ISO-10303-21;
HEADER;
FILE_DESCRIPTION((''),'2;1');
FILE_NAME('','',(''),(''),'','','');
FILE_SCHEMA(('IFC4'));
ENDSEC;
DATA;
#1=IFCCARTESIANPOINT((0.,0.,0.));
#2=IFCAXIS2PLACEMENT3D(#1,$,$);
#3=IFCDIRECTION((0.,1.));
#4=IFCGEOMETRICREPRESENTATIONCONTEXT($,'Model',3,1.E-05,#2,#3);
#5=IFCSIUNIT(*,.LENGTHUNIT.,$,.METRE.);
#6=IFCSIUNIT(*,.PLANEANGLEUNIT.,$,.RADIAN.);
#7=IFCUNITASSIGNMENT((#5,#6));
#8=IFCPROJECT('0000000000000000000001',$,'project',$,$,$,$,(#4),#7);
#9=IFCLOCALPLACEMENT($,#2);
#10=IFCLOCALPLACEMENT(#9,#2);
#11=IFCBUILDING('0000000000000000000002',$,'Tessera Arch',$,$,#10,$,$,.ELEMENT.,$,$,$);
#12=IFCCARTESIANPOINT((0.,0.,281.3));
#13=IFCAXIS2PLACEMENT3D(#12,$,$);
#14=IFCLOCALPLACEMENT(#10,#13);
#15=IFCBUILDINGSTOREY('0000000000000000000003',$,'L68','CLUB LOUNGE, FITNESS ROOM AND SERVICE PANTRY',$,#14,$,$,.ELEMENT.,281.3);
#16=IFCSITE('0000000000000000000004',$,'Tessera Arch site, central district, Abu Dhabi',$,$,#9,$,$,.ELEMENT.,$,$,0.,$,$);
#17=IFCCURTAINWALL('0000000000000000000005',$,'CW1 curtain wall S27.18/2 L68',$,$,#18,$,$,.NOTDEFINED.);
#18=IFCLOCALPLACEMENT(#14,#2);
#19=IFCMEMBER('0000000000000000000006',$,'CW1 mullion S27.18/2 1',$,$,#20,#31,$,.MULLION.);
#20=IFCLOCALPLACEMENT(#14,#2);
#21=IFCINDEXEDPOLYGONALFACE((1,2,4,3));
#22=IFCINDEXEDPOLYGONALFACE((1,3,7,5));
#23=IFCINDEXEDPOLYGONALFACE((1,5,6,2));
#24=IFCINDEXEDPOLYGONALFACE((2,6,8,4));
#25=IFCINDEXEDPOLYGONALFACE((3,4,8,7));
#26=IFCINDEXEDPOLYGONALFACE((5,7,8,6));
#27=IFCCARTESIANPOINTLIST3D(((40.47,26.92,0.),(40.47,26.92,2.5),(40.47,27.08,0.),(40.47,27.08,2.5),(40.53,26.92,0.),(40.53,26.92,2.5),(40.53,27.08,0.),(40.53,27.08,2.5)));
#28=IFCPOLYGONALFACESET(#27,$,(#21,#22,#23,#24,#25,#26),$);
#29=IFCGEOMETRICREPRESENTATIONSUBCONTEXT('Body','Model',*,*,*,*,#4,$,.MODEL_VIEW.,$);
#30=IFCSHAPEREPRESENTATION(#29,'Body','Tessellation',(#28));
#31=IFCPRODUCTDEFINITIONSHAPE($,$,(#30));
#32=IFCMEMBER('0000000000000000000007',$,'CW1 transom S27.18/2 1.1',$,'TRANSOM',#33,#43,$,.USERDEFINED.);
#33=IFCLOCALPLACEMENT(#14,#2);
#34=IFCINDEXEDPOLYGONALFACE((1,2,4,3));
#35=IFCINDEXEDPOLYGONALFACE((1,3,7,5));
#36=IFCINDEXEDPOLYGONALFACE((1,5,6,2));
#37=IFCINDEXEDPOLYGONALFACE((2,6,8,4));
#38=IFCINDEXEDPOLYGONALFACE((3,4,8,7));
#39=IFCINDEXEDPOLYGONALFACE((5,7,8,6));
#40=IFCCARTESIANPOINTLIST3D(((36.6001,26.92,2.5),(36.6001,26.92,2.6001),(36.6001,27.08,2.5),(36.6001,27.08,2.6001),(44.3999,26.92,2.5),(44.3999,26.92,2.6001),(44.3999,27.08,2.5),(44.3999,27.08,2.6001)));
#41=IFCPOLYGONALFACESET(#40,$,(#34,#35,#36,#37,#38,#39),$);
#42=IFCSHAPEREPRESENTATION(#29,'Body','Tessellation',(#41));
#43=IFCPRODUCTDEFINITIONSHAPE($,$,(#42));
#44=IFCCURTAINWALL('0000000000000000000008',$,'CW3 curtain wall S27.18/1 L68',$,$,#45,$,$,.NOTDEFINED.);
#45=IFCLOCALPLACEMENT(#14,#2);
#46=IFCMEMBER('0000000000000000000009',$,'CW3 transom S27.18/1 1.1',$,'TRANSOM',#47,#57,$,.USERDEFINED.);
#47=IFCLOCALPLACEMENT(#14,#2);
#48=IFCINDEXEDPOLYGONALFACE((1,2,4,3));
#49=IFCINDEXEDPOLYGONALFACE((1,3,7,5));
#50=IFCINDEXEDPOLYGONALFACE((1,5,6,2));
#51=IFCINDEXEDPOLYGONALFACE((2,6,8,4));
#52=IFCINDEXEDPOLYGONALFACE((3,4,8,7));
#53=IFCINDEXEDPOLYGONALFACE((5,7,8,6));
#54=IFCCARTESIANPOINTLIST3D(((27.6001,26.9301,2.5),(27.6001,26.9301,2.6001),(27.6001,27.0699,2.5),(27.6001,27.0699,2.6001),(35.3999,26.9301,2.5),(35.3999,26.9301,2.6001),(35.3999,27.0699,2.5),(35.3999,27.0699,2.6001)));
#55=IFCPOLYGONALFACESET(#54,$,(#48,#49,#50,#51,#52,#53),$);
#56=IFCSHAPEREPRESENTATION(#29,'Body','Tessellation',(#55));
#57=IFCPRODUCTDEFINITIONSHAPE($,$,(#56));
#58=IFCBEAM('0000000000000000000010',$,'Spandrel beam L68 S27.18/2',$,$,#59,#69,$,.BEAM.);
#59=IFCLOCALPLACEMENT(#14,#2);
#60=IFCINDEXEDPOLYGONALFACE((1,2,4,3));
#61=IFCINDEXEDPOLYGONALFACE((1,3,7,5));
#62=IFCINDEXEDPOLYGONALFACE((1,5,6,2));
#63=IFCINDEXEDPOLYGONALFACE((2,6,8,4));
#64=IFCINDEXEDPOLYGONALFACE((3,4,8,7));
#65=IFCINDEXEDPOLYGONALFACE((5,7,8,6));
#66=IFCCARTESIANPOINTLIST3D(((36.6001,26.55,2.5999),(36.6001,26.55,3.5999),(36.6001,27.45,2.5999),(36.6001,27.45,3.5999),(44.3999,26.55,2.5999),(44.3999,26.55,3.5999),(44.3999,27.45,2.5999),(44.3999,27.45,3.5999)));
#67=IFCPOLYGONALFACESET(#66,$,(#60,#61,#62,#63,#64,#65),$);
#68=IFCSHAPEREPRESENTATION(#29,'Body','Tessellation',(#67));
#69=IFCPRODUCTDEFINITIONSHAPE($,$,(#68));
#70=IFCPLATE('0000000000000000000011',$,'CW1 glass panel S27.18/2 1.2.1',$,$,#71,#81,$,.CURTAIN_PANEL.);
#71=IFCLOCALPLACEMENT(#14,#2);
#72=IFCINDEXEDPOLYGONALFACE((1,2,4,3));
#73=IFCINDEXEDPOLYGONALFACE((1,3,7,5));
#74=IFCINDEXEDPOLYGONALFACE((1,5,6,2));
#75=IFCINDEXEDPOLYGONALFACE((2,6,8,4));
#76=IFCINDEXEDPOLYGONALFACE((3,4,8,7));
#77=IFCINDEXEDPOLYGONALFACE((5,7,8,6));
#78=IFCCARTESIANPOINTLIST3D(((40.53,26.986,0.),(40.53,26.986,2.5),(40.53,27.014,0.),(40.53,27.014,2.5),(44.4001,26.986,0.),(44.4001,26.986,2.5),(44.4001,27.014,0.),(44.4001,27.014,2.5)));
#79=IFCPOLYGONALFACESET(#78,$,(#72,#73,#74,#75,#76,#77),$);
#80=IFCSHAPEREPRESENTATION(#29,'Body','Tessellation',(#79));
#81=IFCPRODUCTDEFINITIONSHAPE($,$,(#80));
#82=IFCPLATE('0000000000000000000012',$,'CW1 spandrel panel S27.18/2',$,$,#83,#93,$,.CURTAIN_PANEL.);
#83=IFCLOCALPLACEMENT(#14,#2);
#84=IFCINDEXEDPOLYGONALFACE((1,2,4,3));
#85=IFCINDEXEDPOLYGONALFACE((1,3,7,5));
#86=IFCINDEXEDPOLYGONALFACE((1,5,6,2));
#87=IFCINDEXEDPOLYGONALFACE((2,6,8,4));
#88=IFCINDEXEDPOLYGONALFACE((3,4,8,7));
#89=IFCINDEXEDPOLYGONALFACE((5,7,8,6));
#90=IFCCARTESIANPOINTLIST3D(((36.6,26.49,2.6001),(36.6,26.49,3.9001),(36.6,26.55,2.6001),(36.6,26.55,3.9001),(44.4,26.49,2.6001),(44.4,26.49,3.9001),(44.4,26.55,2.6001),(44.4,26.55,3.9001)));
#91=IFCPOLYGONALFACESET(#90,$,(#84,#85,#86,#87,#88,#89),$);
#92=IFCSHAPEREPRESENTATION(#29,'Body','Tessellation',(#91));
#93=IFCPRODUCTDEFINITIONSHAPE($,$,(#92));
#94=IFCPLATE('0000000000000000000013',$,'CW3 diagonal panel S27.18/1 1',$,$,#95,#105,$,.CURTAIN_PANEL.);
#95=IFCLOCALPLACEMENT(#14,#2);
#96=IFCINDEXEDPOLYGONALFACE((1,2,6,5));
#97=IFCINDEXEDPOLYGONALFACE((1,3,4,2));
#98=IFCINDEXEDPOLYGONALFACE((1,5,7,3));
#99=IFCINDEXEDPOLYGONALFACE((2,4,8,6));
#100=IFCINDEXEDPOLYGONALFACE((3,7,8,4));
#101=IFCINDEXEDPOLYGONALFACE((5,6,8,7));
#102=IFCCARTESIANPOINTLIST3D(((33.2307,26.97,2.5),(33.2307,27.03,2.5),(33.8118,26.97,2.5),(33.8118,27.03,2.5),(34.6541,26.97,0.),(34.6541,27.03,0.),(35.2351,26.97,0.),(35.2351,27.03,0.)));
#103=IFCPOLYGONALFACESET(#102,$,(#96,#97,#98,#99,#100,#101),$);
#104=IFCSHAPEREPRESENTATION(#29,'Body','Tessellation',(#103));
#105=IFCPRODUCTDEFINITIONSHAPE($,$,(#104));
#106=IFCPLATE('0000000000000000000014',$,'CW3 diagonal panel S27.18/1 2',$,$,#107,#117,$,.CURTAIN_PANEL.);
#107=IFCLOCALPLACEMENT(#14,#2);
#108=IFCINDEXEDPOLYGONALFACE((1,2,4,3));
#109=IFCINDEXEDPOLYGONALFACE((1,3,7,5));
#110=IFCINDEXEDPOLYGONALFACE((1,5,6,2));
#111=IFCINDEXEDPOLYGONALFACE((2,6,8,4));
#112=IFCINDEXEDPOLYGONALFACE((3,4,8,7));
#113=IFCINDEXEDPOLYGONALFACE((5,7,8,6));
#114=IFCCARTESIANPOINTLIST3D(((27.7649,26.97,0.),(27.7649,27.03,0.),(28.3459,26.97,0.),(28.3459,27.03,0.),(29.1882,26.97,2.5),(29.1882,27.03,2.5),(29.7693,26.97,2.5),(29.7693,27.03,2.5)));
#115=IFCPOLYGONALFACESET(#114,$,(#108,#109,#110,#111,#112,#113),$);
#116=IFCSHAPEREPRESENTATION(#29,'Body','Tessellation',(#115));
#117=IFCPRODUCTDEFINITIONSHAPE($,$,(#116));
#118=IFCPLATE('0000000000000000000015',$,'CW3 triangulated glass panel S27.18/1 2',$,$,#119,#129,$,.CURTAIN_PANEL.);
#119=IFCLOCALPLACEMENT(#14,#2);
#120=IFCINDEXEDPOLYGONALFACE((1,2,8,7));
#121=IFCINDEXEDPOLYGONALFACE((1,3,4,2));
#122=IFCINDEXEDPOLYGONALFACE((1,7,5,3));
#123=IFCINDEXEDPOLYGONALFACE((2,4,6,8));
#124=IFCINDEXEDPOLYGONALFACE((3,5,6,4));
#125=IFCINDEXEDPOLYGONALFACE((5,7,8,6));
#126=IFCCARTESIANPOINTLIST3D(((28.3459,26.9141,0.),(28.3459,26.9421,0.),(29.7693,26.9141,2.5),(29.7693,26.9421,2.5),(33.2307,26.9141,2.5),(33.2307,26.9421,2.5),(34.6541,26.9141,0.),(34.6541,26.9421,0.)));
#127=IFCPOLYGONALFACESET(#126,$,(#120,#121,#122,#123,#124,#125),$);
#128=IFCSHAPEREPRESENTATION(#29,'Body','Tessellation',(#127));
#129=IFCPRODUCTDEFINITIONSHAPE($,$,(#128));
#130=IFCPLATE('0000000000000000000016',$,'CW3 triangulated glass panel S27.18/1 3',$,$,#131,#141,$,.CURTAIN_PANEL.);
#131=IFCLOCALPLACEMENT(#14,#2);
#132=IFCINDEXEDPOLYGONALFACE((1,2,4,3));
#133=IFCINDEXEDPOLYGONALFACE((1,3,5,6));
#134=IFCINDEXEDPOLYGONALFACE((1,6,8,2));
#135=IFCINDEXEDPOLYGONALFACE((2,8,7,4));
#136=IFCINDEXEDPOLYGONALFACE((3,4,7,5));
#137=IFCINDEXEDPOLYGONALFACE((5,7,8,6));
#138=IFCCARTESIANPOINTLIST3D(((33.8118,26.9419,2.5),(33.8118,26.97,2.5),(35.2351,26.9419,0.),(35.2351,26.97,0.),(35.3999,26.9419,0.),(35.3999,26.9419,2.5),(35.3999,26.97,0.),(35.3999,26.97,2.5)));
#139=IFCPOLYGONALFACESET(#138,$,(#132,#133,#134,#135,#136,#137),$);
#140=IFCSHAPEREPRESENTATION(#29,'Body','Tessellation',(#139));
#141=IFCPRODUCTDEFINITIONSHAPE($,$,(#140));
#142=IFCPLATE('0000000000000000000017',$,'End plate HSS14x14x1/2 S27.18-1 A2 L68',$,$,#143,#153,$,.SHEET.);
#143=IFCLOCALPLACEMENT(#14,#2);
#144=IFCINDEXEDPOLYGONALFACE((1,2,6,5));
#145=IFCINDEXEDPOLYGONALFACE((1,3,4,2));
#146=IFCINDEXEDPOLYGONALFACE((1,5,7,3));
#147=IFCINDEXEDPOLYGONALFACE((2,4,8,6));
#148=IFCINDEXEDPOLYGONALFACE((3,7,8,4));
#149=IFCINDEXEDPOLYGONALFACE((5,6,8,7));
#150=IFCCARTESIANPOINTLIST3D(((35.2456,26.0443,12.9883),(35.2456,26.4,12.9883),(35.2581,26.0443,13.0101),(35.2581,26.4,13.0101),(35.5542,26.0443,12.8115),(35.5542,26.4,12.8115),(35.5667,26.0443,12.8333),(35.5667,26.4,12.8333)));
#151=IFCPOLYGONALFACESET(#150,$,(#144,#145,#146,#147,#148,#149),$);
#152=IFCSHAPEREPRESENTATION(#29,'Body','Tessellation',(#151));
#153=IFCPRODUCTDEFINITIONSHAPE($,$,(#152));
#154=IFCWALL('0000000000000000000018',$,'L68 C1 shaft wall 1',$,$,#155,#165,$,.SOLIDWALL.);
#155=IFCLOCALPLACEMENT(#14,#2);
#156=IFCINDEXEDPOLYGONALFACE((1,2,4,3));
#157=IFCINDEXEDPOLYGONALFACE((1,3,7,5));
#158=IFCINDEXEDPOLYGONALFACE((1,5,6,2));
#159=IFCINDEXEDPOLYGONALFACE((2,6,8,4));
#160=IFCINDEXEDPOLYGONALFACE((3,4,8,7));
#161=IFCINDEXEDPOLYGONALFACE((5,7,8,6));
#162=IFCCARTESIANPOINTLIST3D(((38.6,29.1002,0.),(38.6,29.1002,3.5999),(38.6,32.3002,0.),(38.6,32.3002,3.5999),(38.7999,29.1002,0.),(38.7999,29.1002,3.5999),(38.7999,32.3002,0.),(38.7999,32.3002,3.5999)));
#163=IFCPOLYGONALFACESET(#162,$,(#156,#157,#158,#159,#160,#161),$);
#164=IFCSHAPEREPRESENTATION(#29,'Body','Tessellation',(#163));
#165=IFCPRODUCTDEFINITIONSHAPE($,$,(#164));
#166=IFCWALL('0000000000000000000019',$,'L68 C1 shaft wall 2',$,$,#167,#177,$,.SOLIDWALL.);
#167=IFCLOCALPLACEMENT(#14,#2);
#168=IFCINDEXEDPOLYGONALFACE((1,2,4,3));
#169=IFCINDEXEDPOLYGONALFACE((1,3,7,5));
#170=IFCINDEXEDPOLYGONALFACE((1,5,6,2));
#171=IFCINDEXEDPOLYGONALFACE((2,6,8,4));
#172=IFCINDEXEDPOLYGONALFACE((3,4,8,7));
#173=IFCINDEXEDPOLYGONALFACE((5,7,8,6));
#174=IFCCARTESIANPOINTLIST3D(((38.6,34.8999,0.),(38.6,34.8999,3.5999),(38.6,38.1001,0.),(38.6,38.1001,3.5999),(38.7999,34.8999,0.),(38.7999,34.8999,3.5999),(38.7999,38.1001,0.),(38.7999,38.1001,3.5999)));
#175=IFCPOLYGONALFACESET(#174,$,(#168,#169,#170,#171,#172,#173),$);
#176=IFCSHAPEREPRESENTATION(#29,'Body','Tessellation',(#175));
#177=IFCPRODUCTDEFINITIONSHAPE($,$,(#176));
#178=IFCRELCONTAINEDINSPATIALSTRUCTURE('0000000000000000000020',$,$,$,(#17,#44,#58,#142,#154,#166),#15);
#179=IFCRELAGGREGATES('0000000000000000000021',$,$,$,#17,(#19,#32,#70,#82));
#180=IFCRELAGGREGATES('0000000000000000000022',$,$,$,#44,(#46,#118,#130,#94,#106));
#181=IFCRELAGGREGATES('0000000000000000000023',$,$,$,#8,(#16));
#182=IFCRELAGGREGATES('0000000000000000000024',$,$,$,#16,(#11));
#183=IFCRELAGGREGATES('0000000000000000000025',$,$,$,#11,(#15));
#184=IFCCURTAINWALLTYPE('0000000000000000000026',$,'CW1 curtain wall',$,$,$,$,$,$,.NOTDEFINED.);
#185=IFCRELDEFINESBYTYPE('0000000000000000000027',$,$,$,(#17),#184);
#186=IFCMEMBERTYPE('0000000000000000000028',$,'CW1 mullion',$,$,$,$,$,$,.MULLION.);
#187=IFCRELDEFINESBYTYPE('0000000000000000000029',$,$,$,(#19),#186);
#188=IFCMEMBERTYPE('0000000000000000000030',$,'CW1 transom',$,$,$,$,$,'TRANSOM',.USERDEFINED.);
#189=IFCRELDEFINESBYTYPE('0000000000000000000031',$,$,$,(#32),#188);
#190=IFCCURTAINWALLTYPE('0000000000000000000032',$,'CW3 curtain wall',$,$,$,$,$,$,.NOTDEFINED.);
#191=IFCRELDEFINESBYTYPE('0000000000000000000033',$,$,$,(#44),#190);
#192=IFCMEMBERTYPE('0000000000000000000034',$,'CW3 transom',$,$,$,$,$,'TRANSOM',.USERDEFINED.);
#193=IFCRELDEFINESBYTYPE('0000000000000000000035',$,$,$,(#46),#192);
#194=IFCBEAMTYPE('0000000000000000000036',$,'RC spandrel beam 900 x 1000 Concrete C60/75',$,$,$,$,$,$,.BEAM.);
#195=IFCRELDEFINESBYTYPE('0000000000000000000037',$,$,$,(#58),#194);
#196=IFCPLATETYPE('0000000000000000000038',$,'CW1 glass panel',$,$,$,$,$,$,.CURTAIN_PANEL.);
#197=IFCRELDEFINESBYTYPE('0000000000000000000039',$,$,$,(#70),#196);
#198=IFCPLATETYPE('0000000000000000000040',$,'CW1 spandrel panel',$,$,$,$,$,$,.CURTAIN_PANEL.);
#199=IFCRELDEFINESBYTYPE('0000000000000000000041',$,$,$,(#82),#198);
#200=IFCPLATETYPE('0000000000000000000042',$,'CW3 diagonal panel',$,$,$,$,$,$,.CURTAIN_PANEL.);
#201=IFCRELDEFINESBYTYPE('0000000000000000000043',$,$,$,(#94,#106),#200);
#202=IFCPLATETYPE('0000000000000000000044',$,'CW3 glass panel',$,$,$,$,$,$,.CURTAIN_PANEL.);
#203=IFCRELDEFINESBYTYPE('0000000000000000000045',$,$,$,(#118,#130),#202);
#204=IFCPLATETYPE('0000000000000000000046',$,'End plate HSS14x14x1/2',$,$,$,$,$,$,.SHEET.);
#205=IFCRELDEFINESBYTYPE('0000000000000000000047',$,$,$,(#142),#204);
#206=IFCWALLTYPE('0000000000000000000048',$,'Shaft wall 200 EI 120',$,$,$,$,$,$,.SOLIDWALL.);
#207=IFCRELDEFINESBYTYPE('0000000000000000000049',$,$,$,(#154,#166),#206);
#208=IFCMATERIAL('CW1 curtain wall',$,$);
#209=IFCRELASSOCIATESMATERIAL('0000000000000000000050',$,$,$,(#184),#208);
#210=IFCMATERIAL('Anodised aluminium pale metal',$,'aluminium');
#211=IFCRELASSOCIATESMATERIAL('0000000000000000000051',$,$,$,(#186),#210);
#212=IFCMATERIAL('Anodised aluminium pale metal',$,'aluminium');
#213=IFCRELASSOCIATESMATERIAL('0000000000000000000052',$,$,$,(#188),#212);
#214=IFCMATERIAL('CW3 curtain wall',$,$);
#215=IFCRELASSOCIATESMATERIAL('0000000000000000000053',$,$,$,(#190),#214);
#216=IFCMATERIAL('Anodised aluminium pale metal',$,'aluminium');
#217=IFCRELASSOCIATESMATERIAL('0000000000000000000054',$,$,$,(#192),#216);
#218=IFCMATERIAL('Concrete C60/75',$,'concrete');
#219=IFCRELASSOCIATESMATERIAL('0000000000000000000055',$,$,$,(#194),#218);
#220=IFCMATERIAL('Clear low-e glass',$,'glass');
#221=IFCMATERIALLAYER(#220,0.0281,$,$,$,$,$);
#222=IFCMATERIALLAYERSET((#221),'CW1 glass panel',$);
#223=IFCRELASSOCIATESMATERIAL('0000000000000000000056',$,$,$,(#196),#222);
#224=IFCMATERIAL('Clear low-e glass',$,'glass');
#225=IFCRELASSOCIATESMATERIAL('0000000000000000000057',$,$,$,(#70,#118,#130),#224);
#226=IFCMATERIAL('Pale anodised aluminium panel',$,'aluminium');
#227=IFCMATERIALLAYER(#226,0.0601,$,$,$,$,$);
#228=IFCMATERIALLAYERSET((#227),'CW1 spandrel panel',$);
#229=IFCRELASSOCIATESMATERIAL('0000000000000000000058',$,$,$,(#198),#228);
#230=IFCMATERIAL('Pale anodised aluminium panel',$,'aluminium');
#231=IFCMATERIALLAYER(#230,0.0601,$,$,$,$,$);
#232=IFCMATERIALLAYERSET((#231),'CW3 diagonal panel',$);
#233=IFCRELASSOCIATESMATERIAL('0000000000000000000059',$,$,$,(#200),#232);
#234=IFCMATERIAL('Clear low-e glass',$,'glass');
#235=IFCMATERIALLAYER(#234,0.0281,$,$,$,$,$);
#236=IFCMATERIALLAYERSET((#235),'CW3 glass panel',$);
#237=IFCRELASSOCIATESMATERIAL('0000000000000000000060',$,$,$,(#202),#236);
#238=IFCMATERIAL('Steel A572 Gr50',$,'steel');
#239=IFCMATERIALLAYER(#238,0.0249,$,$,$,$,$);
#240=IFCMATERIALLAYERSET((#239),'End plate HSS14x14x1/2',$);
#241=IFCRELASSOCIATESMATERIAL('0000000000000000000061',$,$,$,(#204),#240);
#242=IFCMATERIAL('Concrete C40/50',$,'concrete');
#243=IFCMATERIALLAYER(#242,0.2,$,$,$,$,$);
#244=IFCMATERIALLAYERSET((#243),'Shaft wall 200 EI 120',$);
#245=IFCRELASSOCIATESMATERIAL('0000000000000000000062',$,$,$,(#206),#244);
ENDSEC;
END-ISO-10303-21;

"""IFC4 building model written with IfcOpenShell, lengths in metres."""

from ifc_helpers import new_model, si_unit, direction, frame, frame_2d, origin, origin_2d, place, context, subcontext, project, spatial, polyline, rectangle, outline, extrude, material, layer, layer_set, material_profile, profile_set, type_object, element, aggregate, save


model = new_model("IFC4")

# Units and contexts
model_context = context("Model", 3, precision=1e-05, world=origin(), true_north=direction((0.0, 1.0)))
body_context = subcontext(model_context, "Body", "Model", "MODEL_VIEW")
ifc_project = project(units=[si_unit("LENGTHUNIT", "METRE"), si_unit("PLANEANGLEUNIT", "RADIAN")], contexts=[model_context])

# Site, building, storey
site_placement = place(None, origin())
site = spatial("IfcSite", under=ifc_project, at=site_placement, Name="Tessera Arch site, central district, Abu Dhabi", CompositionType="ELEMENT", RefElevation=0.0)
building_placement = place(site_placement, origin())
building = spatial("IfcBuilding", under=site, at=building_placement, Name="Tessera Arch", CompositionType="ELEMENT")
storey_placement = place(building_placement, frame((0.0, 0.0, 281.3)))
storey = spatial("IfcBuildingStorey", under=building, at=storey_placement, Name="L68", Description="CLUB LOUNGE, FITNESS ROOM AND SERVICE PANTRY", CompositionType="ELEMENT", Elevation=281.3)

# Curtain wall, members
ifc_material_1 = material(Name="CW1 curtain wall")
curtain_wall_type_1 = type_object("IfcCurtainWallType", Name="CW1 curtain wall", PredefinedType="NOTDEFINED", material=ifc_material_1)
curtain_wall_1_placement = place(storey_placement, origin())
curtain_wall_1 = element("IfcCurtainWall", 1, at=curtain_wall_1_placement, inside=storey, type_object=curtain_wall_type_1, Name="CW1 curtain wall S27.18/2 L68", PredefinedType="NOTDEFINED")
ifc_material_2 = material(Name="Anodised aluminium pale metal", Category="aluminium")
ifc_material_profile_1 = material_profile(ifc_material_2, rectangle(XDim=0.1599, YDim=0.0601, at=origin_2d()), Name="AL 60x160")
ifc_profile_set_1 = profile_set([ifc_material_profile_1], Name="Anodised aluminium pale metal")
member_type_1 = type_object("IfcMemberType", Name="CW1 mullion", PredefinedType="MULLION", material=ifc_profile_set_1)
member_1_placement = place(storey_placement, frame((40.5, 27.0, 0.0), z_axis=(0.0, 0.0, 1.0), x_axis=(0.0, 1.0, 0.0)))
member_1 = element("IfcMember", 2, at=member_1_placement, type_object=member_type_1, Name="CW1 mullion S27.18/2 1", PredefinedType="MULLION", context=body_context, shape_type="SweptSolid", body=[
    extrude(rectangle(XDim=0.1599, YDim=0.0601, at=origin_2d()), origin(), (0.0, 0.0, 1.0), 2.5),
])
ifc_material_3 = material(Name="Anodised aluminium pale metal", Category="aluminium")
ifc_material_profile_2 = material_profile(ifc_material_3, rectangle(XDim=0.1599, YDim=0.1001, at=origin_2d()), Name="AL 160x100")
ifc_profile_set_2 = profile_set([ifc_material_profile_2], Name="Anodised aluminium pale metal")
member_type_2 = type_object("IfcMemberType", Name="CW1 transom", ElementType="TRANSOM", PredefinedType="USERDEFINED", material=ifc_profile_set_2)
member_2_placement = place(storey_placement, frame((36.6001, 27.0, 2.55), z_axis=(1.0, 0.0, 0.0), x_axis=(0.0, 1.0, 0.0)))
member_2 = element("IfcMember", 3, at=member_2_placement, type_object=member_type_2, Name="CW1 transom S27.18/2 1.1", ObjectType="TRANSOM", PredefinedType="USERDEFINED", context=body_context, shape_type="SweptSolid", body=[
    extrude(rectangle(XDim=0.1599, YDim=0.1001, at=origin_2d()), origin(), (0.0, 0.0, 1.0), 7.7998),
])

# Curtain wall, member
ifc_material_4 = material(Name="CW3 curtain wall")
curtain_wall_type_2 = type_object("IfcCurtainWallType", Name="CW3 curtain wall", PredefinedType="NOTDEFINED", material=ifc_material_4)
curtain_wall_2_placement = place(storey_placement, origin())
curtain_wall_2 = element("IfcCurtainWall", 4, at=curtain_wall_2_placement, inside=storey, type_object=curtain_wall_type_2, Name="CW3 curtain wall S27.18/1 L68", PredefinedType="NOTDEFINED")
ifc_material_5 = material(Name="Anodised aluminium pale metal", Category="aluminium")
ifc_material_profile_3 = material_profile(ifc_material_5, rectangle(XDim=0.1399, YDim=0.1001, at=origin_2d()), Name="AL 140x100")
ifc_profile_set_3 = profile_set([ifc_material_profile_3], Name="Anodised aluminium pale metal")
member_type_3 = type_object("IfcMemberType", Name="CW3 transom", ElementType="TRANSOM", PredefinedType="USERDEFINED", material=ifc_profile_set_3)
member_3_placement = place(storey_placement, frame((27.6001, 27.0, 2.55), z_axis=(1.0, 0.0, 0.0), x_axis=(0.0, 1.0, 0.0)))
member_3 = element("IfcMember", 5, at=member_3_placement, type_object=member_type_3, Name="CW3 transom S27.18/1 1.1", ObjectType="TRANSOM", PredefinedType="USERDEFINED", context=body_context, shape_type="SweptSolid", body=[
    extrude(rectangle(XDim=0.1399, YDim=0.1001, at=origin_2d()), origin(), (0.0, 0.0, 1.0), 7.7998),
])

# Beam
ifc_material_6 = material(Name="Concrete C60/75", Category="concrete")
ifc_material_profile_4 = material_profile(ifc_material_6, rectangle(XDim=0.8999, YDim=1.0, at=origin_2d()), Name="RC spandrel beam 900 x 1000 Concrete C60/75")
ifc_profile_set_4 = profile_set([ifc_material_profile_4], Name="Concrete C60/75")
beam_type = type_object("IfcBeamType", Name="RC spandrel beam 900 x 1000 Concrete C60/75", PredefinedType="BEAM", material=ifc_profile_set_4)
beam_placement = place(storey_placement, frame((36.6001, 27.0, 3.0999), z_axis=(1.0, 0.0, 0.0), x_axis=(0.0, 1.0, 0.0)))
element("IfcBeam", 6, at=beam_placement, inside=storey, type_object=beam_type, Name="Spandrel beam L68 S27.18/2", PredefinedType="BEAM", context=body_context, shape_type="SweptSolid", body=[
    extrude(rectangle(XDim=0.8999, YDim=1.0, at=origin_2d()), origin(), (0.0, 0.0, 1.0), 7.7998),
])

# Plates
ifc_material_7 = material(Name="Clear low-e glass", Category="glass")
ifc_material_8 = material(Name="Clear low-e glass", Category="glass")
ifc_layer_1 = layer(ifc_material_8, 0.0281)
ifc_layer_set_1 = layer_set([ifc_layer_1], Name="CW1 glass panel")
plate_type_1 = type_object("IfcPlateType", Name="CW1 glass panel", PredefinedType="CURTAIN_PANEL", material=ifc_layer_set_1)
plate_1_placement = place(storey_placement, frame((42.4651, 27.0, 0.0), z_axis=(0.0, 0.0, 1.0), x_axis=(1.0, 0.0, 0.0)))
plate_1 = element("IfcPlate", 7, at=plate_1_placement, type_object=plate_type_1, material=ifc_material_7, Name="CW1 glass panel S27.18/2 1.2.1", PredefinedType="CURTAIN_PANEL", context=body_context, shape_type="SweptSolid", body=[
    extrude(rectangle(XDim=3.8701, YDim=0.0281, at=origin_2d()), origin(), (0.0, 0.0, 1.0), 2.5),
])
ifc_material_9 = material(Name="Pale anodised aluminium panel", Category="aluminium")
ifc_layer_2 = layer(ifc_material_9, 0.0601)
ifc_layer_set_2 = layer_set([ifc_layer_2], Name="CW1 spandrel panel")
plate_type_2 = type_object("IfcPlateType", Name="CW1 spandrel panel", PredefinedType="CURTAIN_PANEL", material=ifc_layer_set_2)
plate_2_placement = place(storey_placement, frame((40.5, 26.52, 2.6001), z_axis=(0.0, 0.0, 1.0), x_axis=(1.0, 0.0, 0.0)))
plate_2 = element("IfcPlate", 8, at=plate_2_placement, type_object=plate_type_2, Name="CW1 spandrel panel S27.18/2", PredefinedType="CURTAIN_PANEL", context=body_context, shape_type="SweptSolid", body=[
    extrude(rectangle(XDim=7.8, YDim=0.0601, at=origin_2d()), origin(), (0.0, 0.0, 1.0), 1.3),
])
aggregate(curtain_wall_1, [member_1, member_2, plate_1, plate_2])
ifc_material_10 = material(Name="Pale anodised aluminium panel", Category="aluminium")
ifc_layer_3 = layer(ifc_material_10, 0.0601)
ifc_layer_set_3 = layer_set([ifc_layer_3], Name="CW3 diagonal panel")
plate_type_3 = type_object("IfcPlateType", Name="CW3 diagonal panel", PredefinedType="CURTAIN_PANEL", material=ifc_layer_set_3)
plate_3_placement = place(storey_placement, frame((33.8118, 26.97, 2.5), z_axis=(0.0, -1.0, 0.0), x_axis=(-1.0, 0.0, 0.0)))
plate_3 = element("IfcPlate", 9, at=plate_3_placement, type_object=plate_type_3, Name="CW3 diagonal panel S27.18/1 1", PredefinedType="CURTAIN_PANEL", context=body_context, shape_type="SweptSolid", body=[
    extrude(outline(polyline([(0.0, 0.0), (0.5811, 0.0), (-0.8423, 2.5), (-1.4233, 2.5), (0.0, 0.0)])), origin(), (0.0, 0.0, -1.0), 0.0601),
])
plate_4_placement = place(storey_placement, frame((29.7693, 26.97, 2.5), z_axis=(0.0, -1.0, 0.0), x_axis=(-1.0, 0.0, 0.0)))
plate_4 = element("IfcPlate", 10, at=plate_4_placement, type_object=plate_type_3, Name="CW3 diagonal panel S27.18/1 2", PredefinedType="CURTAIN_PANEL", context=body_context, shape_type="SweptSolid", body=[
    extrude(outline(polyline([(0.0, 0.0), (0.5811, 0.0), (2.0044, 2.5), (1.4233, 2.5), (0.0, 0.0)])), origin(), (0.0, 0.0, -1.0), 0.0601),
])
ifc_material_11 = material(Name="Clear low-e glass", Category="glass")
ifc_layer_4 = layer(ifc_material_11, 0.0281)
ifc_layer_set_4 = layer_set([ifc_layer_4], Name="CW3 glass panel")
plate_type_4 = type_object("IfcPlateType", Name="CW3 glass panel", PredefinedType="CURTAIN_PANEL", material=ifc_layer_set_4)
plate_5_placement = place(storey_placement, frame((33.2307, 26.9141, 2.5), z_axis=(0.0, -1.0, 0.0), x_axis=(-1.0, 0.0, 0.0)))
plate_5 = element("IfcPlate", 11, at=plate_5_placement, type_object=plate_type_4, material=ifc_material_7, Name="CW3 triangulated glass panel S27.18/1 2", PredefinedType="CURTAIN_PANEL", context=body_context, shape_type="SweptSolid", body=[
    extrude(outline(polyline([(0.0, 0.0), (3.4614, 0.0), (4.8848, 2.5), (-1.4233, 2.5), (0.0, 0.0)])), origin(), (0.0, 0.0, -1.0), 0.0281),
])
plate_6_placement = place(storey_placement, frame((35.3999, 26.9419, 2.5), z_axis=(0.0, -1.0, 0.0), x_axis=(-1.0, 0.0, 0.0)))
plate_6 = element("IfcPlate", 12, at=plate_6_placement, type_object=plate_type_4, material=ifc_material_7, Name="CW3 triangulated glass panel S27.18/1 3", PredefinedType="CURTAIN_PANEL", context=body_context, shape_type="SweptSolid", body=[
    extrude(outline(polyline([(0.0, 0.0), (1.5881, 0.0), (0.1648, 2.5), (0.0, 2.5), (0.0, 0.0)])), origin(), (0.0, 0.0, -1.0), 0.0281),
])
aggregate(curtain_wall_2, [member_3, plate_5, plate_6, plate_3, plate_4])
ifc_material_12 = material(Name="Steel A572 Gr50", Category="steel")
ifc_layer_5 = layer(ifc_material_12, 0.0249)
ifc_layer_set_5 = layer_set([ifc_layer_5], Name="End plate HSS14x14x1/2")
plate_type_5 = type_object("IfcPlateType", Name="End plate HSS14x14x1/2", PredefinedType="SHEET", material=ifc_layer_set_5)
plate_7_placement = place(storey_placement, frame((35.3999, 26.2222, 12.8999), z_axis=(0.497188, 0.0, 0.867643), x_axis=(0.0, 1.0, 0.0)))
element("IfcPlate", 13, at=plate_7_placement, inside=storey, type_object=plate_type_5, Name="End plate HSS14x14x1/2 S27.18-1 A2 L68", PredefinedType="SHEET", context=body_context, shape_type="SweptSolid", body=[
    extrude(rectangle(XDim=0.3557, YDim=0.3557, at=origin_2d()), origin(), (0.0, 0.0, 1.0), 0.0251),
])

# Walls
ifc_material_13 = material(Name="Concrete C40/50", Category="concrete")
ifc_layer_6 = layer(ifc_material_13, 0.2)
ifc_layer_set_6 = layer_set([ifc_layer_6], Name="Shaft wall 200 EI 120")
wall_type = type_object("IfcWallType", Name="Shaft wall 200 EI 120", PredefinedType="SOLIDWALL", material=ifc_layer_set_6)
wall_1_placement = place(storey_placement, frame((38.7, 29.1001, 0.0), z_axis=(0.0, 0.0, 1.0), x_axis=(0.0, 1.0, 0.0)))
element("IfcWall", 14, at=wall_1_placement, inside=storey, type_object=wall_type, Name="L68 C1 shaft wall 1", PredefinedType="SOLIDWALL", context=body_context, shape_type="SweptSolid", body=[
    extrude(rectangle(XDim=3.2, YDim=0.2, at=frame_2d((1.6001, 0.0))), origin(), (0.0, 0.0, 1.0), 3.5999),
])
wall_2_placement = place(storey_placement, frame((38.7, 34.8999, 0.0), z_axis=(0.0, 0.0, 1.0), x_axis=(0.0, 1.0, 0.0)))
element("IfcWall", 15, at=wall_2_placement, inside=storey, type_object=wall_type, Name="L68 C1 shaft wall 2", PredefinedType="SOLIDWALL", context=body_context, shape_type="SweptSolid", body=[
    extrude(rectangle(XDim=3.2002, YDim=0.2, at=frame_2d((1.6001, 0.0))), origin(), (0.0, 0.0, 1.0), 3.5999),
])

save(model, "model.ifc")
